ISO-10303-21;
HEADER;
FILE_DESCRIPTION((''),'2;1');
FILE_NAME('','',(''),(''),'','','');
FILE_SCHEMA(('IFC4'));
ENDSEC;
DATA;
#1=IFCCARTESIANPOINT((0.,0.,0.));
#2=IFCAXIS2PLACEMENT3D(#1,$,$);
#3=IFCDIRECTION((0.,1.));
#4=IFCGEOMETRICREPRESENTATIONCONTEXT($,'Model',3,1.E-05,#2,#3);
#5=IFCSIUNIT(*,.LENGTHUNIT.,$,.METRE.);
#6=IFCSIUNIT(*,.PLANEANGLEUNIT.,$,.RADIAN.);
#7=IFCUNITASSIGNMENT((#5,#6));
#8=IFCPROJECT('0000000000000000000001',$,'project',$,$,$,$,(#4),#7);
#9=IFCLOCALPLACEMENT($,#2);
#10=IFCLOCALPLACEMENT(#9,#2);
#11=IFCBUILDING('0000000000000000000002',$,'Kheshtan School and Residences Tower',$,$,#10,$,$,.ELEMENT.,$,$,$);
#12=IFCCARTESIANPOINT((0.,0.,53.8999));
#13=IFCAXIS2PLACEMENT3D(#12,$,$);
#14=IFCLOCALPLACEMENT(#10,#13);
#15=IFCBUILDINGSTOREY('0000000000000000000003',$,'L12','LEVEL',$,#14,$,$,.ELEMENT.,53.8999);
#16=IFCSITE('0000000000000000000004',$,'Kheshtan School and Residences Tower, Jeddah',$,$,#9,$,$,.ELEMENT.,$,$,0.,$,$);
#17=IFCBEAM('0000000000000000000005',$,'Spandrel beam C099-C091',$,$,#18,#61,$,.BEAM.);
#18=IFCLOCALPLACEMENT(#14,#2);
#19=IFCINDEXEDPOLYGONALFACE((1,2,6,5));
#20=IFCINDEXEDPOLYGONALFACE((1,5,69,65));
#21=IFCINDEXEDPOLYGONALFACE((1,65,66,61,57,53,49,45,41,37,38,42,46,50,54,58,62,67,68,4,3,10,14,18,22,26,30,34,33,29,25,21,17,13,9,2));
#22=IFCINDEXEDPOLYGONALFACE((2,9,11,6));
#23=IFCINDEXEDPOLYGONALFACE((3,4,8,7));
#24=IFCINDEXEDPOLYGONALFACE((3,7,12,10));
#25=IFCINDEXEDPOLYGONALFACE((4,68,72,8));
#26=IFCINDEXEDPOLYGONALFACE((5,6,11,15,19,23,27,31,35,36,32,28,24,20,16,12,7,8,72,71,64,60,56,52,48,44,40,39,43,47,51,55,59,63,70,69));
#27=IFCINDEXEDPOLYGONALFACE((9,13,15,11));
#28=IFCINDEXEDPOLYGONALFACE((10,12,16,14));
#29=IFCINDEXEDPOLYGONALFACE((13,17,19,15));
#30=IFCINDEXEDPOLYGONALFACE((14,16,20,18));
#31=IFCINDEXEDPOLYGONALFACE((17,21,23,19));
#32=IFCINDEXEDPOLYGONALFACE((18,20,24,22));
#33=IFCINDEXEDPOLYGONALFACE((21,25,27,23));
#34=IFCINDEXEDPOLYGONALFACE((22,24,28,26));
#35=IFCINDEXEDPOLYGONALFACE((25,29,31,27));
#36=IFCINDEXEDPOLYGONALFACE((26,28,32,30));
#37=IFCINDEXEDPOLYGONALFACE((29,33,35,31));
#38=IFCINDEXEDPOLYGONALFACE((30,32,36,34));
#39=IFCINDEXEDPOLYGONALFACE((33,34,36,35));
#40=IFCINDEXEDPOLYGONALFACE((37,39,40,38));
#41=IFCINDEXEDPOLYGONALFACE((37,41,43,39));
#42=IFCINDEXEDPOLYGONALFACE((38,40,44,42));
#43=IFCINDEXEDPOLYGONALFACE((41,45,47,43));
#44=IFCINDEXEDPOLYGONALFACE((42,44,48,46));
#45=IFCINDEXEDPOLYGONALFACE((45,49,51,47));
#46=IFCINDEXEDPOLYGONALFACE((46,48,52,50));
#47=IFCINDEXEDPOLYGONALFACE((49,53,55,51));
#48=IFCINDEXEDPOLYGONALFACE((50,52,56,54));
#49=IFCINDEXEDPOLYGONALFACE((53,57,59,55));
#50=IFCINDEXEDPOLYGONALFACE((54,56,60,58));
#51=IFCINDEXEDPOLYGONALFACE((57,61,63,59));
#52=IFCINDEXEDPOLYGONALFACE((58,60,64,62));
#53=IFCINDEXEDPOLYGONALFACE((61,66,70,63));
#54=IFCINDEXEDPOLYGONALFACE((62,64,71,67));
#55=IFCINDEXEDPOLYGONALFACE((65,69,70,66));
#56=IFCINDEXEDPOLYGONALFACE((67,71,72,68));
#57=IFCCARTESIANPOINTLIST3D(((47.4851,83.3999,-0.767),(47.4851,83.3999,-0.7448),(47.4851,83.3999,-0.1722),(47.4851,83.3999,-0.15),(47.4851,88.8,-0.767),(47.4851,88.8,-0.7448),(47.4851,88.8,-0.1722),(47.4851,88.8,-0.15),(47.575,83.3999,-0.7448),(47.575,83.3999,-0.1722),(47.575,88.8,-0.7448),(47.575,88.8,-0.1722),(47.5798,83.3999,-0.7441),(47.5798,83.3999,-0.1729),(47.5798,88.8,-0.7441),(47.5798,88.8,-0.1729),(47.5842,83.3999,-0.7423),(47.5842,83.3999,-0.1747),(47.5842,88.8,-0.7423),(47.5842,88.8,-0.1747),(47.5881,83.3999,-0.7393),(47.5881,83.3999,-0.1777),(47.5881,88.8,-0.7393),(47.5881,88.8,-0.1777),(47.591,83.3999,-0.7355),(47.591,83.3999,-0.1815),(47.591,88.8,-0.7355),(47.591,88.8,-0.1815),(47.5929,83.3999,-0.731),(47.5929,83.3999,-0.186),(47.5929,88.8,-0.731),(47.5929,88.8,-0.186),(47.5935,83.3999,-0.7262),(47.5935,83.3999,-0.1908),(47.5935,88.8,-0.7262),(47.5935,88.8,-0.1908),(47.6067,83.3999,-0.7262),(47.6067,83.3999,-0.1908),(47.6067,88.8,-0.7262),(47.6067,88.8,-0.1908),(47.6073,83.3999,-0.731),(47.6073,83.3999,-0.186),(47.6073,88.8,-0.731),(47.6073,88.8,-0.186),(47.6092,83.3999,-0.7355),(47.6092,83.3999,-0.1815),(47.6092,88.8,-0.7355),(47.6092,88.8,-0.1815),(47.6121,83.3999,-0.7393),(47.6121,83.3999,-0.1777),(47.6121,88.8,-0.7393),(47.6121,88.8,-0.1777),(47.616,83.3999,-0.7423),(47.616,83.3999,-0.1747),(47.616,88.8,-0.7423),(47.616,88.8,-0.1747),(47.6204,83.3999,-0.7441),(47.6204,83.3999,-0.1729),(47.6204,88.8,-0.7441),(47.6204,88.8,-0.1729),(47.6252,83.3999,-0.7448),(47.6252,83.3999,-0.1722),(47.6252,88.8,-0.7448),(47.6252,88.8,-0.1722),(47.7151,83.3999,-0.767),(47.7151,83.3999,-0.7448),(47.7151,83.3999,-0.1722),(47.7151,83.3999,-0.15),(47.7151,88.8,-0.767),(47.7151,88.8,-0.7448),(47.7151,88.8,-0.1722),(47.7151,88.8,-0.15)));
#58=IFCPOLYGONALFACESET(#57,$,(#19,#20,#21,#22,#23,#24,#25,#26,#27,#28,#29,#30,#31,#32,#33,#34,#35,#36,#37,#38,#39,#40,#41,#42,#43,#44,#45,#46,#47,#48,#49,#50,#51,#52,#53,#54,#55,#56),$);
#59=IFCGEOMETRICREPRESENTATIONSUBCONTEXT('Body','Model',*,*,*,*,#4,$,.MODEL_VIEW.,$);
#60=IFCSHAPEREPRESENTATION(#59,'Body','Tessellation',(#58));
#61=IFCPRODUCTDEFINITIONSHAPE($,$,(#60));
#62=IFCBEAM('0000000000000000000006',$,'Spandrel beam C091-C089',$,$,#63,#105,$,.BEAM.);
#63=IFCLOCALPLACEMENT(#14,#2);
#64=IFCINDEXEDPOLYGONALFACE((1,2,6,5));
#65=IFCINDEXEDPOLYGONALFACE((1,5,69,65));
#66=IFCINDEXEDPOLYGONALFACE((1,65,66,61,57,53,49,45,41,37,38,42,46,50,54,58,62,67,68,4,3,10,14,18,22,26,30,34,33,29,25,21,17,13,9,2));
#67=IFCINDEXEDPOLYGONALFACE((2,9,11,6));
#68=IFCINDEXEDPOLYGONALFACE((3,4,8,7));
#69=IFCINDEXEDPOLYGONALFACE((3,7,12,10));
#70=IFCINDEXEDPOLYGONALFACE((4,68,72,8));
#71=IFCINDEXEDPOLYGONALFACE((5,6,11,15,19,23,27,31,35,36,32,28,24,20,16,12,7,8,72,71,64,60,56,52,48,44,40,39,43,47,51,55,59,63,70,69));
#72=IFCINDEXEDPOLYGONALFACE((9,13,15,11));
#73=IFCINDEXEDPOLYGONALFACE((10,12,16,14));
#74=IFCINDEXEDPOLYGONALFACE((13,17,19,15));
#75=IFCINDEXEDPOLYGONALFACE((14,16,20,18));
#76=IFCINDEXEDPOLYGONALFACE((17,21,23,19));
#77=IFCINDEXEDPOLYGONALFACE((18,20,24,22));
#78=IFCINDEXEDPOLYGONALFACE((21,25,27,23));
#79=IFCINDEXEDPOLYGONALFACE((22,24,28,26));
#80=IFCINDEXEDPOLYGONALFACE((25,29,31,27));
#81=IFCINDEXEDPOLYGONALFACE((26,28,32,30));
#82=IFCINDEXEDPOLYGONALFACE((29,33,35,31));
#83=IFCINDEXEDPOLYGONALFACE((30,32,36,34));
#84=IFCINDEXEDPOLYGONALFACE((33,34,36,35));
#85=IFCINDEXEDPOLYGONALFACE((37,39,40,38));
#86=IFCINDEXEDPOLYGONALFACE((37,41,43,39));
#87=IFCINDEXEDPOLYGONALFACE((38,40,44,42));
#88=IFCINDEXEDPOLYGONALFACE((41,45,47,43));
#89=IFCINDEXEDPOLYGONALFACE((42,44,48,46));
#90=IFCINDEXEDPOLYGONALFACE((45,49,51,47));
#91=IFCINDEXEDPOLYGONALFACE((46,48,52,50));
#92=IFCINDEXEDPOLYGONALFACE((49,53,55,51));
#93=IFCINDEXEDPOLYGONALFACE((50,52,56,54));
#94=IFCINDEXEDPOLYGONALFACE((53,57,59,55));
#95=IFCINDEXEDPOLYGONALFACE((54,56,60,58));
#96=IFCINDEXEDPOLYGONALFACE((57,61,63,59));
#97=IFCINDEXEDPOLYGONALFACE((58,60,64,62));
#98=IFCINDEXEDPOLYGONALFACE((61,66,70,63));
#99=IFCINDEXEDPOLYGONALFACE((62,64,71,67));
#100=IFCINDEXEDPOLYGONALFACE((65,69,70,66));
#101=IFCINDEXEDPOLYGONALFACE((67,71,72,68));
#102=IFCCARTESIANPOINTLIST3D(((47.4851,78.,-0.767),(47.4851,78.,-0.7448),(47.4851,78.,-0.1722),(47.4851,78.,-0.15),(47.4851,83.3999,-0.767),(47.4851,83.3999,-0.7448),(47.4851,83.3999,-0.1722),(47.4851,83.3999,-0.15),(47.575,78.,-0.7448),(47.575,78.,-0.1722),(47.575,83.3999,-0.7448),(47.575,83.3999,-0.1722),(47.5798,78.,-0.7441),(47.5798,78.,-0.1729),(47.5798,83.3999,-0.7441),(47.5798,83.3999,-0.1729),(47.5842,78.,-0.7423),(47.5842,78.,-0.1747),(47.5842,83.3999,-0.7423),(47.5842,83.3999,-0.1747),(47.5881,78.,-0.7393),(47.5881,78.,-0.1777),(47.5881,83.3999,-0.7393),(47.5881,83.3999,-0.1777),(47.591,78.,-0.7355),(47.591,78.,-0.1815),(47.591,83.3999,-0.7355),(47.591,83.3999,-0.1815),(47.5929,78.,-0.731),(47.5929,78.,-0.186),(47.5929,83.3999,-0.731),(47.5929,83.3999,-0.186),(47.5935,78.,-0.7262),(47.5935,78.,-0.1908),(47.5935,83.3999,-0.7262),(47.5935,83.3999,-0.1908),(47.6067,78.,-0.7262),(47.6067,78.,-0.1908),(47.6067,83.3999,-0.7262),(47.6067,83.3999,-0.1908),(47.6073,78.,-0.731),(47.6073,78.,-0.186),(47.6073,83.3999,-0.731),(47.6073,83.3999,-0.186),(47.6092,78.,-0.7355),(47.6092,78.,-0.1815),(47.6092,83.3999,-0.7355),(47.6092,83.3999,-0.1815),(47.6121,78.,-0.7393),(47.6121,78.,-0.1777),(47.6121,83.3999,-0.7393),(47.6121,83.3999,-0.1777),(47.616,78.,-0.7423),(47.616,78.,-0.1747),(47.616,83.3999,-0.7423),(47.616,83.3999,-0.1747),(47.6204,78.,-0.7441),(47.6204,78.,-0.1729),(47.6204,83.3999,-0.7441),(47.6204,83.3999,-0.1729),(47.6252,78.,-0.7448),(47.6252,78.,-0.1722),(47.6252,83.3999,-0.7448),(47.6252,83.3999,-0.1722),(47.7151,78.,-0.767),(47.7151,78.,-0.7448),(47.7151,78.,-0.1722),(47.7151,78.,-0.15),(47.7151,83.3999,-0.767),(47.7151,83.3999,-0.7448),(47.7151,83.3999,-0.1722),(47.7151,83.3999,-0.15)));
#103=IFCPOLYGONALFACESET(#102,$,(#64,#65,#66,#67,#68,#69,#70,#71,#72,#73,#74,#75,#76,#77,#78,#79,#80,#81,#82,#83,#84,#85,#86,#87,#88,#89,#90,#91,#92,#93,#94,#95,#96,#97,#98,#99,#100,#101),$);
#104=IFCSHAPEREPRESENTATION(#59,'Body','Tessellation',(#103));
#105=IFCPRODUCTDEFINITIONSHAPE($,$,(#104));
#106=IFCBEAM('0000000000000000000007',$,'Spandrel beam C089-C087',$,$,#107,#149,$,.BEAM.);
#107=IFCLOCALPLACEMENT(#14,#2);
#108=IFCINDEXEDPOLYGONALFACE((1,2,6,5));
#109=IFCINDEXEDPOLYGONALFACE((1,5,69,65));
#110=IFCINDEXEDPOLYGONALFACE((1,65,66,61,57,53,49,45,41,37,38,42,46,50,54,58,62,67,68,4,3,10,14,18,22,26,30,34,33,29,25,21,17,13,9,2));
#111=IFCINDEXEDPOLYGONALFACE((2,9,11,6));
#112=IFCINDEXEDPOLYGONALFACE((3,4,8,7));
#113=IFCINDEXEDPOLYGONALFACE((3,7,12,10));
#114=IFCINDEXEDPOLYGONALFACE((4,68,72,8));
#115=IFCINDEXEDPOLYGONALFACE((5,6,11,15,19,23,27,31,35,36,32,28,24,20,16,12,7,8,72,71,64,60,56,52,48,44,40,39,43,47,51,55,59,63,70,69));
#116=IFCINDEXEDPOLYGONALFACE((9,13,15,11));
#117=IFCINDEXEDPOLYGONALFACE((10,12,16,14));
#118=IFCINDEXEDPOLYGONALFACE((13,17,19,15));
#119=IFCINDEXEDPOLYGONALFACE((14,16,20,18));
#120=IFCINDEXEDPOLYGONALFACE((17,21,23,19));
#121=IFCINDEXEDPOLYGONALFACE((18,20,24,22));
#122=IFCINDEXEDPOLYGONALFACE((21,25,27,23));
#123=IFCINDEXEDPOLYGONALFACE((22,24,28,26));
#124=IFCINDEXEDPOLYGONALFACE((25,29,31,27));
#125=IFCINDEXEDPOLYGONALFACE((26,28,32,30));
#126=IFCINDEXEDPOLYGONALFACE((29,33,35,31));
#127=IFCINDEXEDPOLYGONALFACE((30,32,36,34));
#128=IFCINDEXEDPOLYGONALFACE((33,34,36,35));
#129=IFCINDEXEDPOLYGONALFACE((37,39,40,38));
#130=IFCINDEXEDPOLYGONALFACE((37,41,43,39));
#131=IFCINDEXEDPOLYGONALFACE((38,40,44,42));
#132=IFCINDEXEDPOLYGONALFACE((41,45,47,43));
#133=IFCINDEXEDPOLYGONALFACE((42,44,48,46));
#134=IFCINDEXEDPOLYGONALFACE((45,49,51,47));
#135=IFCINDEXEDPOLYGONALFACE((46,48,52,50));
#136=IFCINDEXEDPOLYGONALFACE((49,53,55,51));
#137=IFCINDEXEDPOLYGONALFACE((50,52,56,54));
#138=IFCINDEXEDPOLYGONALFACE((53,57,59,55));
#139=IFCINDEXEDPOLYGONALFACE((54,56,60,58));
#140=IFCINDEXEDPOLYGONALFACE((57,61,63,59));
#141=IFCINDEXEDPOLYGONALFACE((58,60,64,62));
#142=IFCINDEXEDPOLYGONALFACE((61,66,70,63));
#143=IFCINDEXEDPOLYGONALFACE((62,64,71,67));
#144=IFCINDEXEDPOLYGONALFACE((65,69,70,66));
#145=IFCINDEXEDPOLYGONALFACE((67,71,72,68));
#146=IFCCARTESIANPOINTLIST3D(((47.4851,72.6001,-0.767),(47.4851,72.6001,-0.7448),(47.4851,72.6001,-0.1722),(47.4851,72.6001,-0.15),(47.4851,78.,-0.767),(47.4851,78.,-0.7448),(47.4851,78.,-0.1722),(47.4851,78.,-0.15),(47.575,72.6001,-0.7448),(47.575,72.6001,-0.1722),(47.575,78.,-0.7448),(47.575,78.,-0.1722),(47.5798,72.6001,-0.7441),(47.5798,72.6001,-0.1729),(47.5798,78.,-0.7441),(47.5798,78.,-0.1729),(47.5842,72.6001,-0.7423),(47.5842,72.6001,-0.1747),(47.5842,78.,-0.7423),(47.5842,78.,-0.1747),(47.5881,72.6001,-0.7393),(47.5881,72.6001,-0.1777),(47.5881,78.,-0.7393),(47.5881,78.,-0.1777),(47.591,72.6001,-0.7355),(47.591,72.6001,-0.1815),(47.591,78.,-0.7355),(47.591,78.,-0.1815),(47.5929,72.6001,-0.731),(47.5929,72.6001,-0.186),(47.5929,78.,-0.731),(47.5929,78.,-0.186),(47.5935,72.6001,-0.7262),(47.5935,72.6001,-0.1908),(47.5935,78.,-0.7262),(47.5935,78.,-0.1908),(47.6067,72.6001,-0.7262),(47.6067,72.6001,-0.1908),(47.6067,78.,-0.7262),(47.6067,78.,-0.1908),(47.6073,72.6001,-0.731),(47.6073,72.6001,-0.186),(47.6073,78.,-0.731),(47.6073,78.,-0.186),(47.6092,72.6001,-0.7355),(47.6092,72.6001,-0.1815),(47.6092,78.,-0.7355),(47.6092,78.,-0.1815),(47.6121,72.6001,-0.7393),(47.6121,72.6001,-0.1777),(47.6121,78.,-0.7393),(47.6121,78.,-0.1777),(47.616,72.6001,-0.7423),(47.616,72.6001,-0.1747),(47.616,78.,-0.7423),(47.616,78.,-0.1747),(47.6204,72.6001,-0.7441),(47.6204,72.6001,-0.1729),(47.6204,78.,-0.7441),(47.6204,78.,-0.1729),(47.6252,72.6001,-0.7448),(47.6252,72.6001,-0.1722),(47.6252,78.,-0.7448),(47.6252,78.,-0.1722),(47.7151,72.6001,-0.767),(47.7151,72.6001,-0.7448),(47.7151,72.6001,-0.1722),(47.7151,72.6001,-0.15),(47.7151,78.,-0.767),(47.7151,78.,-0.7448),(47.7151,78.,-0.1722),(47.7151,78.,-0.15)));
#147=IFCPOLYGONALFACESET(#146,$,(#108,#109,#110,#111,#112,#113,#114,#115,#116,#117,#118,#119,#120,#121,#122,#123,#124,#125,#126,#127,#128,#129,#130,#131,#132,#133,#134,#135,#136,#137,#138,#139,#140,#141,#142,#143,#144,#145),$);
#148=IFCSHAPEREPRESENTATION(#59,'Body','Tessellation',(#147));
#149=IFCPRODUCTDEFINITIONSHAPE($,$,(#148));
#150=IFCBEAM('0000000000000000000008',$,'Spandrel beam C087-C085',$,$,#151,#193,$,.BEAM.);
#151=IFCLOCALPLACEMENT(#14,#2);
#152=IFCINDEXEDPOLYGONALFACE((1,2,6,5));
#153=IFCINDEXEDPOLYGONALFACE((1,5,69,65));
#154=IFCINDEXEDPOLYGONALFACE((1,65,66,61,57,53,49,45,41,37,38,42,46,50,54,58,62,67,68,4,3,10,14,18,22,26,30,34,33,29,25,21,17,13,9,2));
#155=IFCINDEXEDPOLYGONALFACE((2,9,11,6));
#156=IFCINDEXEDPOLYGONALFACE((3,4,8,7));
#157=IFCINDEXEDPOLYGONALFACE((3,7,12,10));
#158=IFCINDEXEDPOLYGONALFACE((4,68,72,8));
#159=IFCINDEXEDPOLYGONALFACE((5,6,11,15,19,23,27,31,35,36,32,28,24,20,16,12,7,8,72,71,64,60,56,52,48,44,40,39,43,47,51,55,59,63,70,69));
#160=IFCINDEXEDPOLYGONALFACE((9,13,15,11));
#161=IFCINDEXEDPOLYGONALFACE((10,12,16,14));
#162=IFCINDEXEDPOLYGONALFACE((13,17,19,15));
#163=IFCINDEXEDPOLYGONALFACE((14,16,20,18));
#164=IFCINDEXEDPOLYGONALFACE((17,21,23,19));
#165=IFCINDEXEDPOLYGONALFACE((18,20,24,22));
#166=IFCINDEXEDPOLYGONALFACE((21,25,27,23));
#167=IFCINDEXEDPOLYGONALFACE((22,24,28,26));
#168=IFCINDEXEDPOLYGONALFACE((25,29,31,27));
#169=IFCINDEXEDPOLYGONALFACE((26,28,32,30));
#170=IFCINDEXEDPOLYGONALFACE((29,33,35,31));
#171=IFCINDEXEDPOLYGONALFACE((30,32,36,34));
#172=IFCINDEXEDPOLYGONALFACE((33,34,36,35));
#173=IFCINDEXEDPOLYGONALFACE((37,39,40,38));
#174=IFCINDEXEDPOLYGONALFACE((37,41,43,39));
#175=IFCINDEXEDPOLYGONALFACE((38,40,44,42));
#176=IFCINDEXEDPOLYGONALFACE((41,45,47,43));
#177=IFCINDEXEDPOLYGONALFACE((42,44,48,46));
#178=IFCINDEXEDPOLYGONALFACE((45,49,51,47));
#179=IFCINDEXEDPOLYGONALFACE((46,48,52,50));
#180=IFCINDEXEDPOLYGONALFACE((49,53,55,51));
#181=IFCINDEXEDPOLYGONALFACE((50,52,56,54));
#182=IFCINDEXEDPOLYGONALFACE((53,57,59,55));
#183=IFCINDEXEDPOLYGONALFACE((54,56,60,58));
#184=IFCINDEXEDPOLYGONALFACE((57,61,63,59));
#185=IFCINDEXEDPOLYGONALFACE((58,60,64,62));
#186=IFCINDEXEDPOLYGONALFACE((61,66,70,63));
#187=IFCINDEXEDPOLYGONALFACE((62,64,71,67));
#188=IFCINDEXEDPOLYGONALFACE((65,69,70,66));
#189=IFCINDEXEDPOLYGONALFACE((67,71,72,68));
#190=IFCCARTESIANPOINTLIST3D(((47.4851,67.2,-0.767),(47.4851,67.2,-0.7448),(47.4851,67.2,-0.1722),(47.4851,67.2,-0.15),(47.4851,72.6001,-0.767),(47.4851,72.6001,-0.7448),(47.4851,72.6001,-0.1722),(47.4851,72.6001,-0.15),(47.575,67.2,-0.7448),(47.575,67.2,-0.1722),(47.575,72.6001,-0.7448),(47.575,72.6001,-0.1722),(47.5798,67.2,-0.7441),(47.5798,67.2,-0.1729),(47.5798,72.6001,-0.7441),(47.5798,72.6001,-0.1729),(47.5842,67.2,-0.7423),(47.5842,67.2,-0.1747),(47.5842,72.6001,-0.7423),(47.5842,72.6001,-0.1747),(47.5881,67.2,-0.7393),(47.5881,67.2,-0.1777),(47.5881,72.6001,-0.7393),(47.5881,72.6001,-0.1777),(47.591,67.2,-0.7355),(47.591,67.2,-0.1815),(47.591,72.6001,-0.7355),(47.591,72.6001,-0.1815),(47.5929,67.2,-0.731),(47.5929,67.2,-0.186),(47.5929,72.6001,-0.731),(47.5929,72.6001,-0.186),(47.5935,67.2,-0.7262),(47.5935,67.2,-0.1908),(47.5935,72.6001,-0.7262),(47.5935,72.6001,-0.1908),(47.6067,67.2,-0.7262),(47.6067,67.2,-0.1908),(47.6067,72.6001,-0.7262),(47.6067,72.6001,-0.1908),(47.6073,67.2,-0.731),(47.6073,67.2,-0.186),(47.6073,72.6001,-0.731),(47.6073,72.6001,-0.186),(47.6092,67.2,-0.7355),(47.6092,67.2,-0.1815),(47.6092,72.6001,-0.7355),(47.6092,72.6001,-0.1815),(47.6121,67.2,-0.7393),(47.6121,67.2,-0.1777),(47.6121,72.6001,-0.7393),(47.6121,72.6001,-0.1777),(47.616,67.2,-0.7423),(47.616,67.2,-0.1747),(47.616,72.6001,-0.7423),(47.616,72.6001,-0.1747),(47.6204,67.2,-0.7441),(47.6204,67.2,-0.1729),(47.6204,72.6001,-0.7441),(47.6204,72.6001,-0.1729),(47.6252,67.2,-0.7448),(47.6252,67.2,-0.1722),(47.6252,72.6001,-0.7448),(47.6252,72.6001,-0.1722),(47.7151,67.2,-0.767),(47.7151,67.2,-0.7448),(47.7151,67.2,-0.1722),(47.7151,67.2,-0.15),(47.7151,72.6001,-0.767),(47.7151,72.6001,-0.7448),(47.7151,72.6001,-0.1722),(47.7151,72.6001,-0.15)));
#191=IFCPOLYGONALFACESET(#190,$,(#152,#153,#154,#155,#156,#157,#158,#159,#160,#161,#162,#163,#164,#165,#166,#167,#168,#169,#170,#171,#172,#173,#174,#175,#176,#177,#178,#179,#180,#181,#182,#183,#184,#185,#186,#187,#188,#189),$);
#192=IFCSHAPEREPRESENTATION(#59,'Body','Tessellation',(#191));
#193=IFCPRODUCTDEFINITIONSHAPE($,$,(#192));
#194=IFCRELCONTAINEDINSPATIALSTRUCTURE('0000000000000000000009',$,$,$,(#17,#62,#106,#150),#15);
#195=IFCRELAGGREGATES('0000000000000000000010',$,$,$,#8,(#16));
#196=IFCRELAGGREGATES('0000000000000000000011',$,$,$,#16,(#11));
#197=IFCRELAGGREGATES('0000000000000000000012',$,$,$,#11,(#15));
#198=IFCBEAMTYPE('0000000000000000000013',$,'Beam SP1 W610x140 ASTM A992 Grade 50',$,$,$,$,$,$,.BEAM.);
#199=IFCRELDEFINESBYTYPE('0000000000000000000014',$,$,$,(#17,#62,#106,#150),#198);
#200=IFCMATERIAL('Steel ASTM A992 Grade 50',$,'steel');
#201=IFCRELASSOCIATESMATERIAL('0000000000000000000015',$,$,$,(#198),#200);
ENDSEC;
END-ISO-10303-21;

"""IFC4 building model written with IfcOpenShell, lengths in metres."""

from ifc_helpers import new_model, si_unit, direction, frame, origin, origin_2d, place, context, subcontext, project, spatial, i_section, extrude, material, material_profile, profile_set, type_object, element, save


model = new_model("IFC4")

# Units and contexts
model_context = context("Model", 3, precision=1e-05, world=origin(), true_north=direction((0.0, 1.0)))
body_context = subcontext(model_context, "Body", "Model", "MODEL_VIEW")
ifc_project = project(units=[si_unit("LENGTHUNIT", "METRE"), si_unit("PLANEANGLEUNIT", "RADIAN")], contexts=[model_context])

# Site, building, storey
site_placement = place(None, origin())
site = spatial("IfcSite", under=ifc_project, at=site_placement, Name="Kheshtan School and Residences Tower, Jeddah", CompositionType="ELEMENT", RefElevation=0.0)
building_placement = place(site_placement, origin())
building = spatial("IfcBuilding", under=site, at=building_placement, Name="Kheshtan School and Residences Tower", CompositionType="ELEMENT")
storey_placement = place(building_placement, frame((0.0, 0.0, 53.8999)))
storey = spatial("IfcBuildingStorey", under=building, at=storey_placement, Name="L12", Description="LEVEL", CompositionType="ELEMENT", Elevation=53.8999)

# Shared definitions
ifc_material = material(Name="Steel ASTM A992 Grade 50", Category="steel")

# Beams
ifc_material_profile_1 = material_profile(ifc_material, i_section(OverallWidth=0.23, OverallDepth=0.6169, WebThickness=0.0132, FlangeThickness=0.0222, FilletRadius=0.0186, at=origin_2d()), Name="W610x140")
ifc_profile_set_1 = profile_set([ifc_material_profile_1], Name="Steel ASTM A992 Grade 50")
beam_type_1 = type_object("IfcBeamType", Name="Beam SP1 W610x140 ASTM A992 Grade 50", PredefinedType="BEAM", material=ifc_profile_set_1)
beam_1_placement = place(storey_placement, frame((47.6001, 88.8, -0.4585), z_axis=(0.0, -1.0, 0.0), x_axis=(1.0, 0.0, 0.0)))
element("IfcBeam", 1, at=beam_1_placement, inside=storey, type_object=beam_type_1, Name="Spandrel beam C099-C091", PredefinedType="BEAM", context=body_context, shape_type="SweptSolid", body=[
    extrude(i_section(OverallWidth=0.23, OverallDepth=0.6169, WebThickness=0.0132, FlangeThickness=0.0222, FilletRadius=0.0186, at=origin_2d()), origin(), (0.0, 0.0, 1.0), 5.4001),
])
for number, where, z_axis, x_axis, name in (
    (2, (47.6001, 83.3999, -0.4585), (0.0, -1.0, 0.0), (1.0, 0.0, 0.0), "Spandrel beam C091-C089"),
    (3, (47.6001, 78.0, -0.4585), (0.0, -1.0, 0.0), (1.0, 0.0, 0.0), "Spandrel beam C089-C087"),
):
    element("IfcBeam", number, at=place(storey_placement, frame(where, z_axis=z_axis, x_axis=x_axis)), inside=storey, type_object=beam_type_1, Name=name, PredefinedType="BEAM", context=body_context, shape_type="SweptSolid", body=[
        extrude(i_section(OverallWidth=0.23, OverallDepth=0.6169, WebThickness=0.0132, FlangeThickness=0.0222, FilletRadius=0.0186, at=origin_2d()), origin(), (0.0, 0.0, 1.0), 5.3999),
    ])
beam_2_placement = place(storey_placement, frame((47.6001, 72.6001, -0.4585), z_axis=(0.0, -1.0, 0.0), x_axis=(1.0, 0.0, 0.0)))
element("IfcBeam", 4, at=beam_2_placement, inside=storey, type_object=beam_type_1, Name="Spandrel beam C087-C085", PredefinedType="BEAM", context=body_context, shape_type="SweptSolid", body=[
    extrude(i_section(OverallWidth=0.23, OverallDepth=0.6169, WebThickness=0.0132, FlangeThickness=0.0222, FilletRadius=0.0186, at=origin_2d()), origin(), (0.0, 0.0, 1.0), 5.4001),
])

save(model, "model.ifc")
